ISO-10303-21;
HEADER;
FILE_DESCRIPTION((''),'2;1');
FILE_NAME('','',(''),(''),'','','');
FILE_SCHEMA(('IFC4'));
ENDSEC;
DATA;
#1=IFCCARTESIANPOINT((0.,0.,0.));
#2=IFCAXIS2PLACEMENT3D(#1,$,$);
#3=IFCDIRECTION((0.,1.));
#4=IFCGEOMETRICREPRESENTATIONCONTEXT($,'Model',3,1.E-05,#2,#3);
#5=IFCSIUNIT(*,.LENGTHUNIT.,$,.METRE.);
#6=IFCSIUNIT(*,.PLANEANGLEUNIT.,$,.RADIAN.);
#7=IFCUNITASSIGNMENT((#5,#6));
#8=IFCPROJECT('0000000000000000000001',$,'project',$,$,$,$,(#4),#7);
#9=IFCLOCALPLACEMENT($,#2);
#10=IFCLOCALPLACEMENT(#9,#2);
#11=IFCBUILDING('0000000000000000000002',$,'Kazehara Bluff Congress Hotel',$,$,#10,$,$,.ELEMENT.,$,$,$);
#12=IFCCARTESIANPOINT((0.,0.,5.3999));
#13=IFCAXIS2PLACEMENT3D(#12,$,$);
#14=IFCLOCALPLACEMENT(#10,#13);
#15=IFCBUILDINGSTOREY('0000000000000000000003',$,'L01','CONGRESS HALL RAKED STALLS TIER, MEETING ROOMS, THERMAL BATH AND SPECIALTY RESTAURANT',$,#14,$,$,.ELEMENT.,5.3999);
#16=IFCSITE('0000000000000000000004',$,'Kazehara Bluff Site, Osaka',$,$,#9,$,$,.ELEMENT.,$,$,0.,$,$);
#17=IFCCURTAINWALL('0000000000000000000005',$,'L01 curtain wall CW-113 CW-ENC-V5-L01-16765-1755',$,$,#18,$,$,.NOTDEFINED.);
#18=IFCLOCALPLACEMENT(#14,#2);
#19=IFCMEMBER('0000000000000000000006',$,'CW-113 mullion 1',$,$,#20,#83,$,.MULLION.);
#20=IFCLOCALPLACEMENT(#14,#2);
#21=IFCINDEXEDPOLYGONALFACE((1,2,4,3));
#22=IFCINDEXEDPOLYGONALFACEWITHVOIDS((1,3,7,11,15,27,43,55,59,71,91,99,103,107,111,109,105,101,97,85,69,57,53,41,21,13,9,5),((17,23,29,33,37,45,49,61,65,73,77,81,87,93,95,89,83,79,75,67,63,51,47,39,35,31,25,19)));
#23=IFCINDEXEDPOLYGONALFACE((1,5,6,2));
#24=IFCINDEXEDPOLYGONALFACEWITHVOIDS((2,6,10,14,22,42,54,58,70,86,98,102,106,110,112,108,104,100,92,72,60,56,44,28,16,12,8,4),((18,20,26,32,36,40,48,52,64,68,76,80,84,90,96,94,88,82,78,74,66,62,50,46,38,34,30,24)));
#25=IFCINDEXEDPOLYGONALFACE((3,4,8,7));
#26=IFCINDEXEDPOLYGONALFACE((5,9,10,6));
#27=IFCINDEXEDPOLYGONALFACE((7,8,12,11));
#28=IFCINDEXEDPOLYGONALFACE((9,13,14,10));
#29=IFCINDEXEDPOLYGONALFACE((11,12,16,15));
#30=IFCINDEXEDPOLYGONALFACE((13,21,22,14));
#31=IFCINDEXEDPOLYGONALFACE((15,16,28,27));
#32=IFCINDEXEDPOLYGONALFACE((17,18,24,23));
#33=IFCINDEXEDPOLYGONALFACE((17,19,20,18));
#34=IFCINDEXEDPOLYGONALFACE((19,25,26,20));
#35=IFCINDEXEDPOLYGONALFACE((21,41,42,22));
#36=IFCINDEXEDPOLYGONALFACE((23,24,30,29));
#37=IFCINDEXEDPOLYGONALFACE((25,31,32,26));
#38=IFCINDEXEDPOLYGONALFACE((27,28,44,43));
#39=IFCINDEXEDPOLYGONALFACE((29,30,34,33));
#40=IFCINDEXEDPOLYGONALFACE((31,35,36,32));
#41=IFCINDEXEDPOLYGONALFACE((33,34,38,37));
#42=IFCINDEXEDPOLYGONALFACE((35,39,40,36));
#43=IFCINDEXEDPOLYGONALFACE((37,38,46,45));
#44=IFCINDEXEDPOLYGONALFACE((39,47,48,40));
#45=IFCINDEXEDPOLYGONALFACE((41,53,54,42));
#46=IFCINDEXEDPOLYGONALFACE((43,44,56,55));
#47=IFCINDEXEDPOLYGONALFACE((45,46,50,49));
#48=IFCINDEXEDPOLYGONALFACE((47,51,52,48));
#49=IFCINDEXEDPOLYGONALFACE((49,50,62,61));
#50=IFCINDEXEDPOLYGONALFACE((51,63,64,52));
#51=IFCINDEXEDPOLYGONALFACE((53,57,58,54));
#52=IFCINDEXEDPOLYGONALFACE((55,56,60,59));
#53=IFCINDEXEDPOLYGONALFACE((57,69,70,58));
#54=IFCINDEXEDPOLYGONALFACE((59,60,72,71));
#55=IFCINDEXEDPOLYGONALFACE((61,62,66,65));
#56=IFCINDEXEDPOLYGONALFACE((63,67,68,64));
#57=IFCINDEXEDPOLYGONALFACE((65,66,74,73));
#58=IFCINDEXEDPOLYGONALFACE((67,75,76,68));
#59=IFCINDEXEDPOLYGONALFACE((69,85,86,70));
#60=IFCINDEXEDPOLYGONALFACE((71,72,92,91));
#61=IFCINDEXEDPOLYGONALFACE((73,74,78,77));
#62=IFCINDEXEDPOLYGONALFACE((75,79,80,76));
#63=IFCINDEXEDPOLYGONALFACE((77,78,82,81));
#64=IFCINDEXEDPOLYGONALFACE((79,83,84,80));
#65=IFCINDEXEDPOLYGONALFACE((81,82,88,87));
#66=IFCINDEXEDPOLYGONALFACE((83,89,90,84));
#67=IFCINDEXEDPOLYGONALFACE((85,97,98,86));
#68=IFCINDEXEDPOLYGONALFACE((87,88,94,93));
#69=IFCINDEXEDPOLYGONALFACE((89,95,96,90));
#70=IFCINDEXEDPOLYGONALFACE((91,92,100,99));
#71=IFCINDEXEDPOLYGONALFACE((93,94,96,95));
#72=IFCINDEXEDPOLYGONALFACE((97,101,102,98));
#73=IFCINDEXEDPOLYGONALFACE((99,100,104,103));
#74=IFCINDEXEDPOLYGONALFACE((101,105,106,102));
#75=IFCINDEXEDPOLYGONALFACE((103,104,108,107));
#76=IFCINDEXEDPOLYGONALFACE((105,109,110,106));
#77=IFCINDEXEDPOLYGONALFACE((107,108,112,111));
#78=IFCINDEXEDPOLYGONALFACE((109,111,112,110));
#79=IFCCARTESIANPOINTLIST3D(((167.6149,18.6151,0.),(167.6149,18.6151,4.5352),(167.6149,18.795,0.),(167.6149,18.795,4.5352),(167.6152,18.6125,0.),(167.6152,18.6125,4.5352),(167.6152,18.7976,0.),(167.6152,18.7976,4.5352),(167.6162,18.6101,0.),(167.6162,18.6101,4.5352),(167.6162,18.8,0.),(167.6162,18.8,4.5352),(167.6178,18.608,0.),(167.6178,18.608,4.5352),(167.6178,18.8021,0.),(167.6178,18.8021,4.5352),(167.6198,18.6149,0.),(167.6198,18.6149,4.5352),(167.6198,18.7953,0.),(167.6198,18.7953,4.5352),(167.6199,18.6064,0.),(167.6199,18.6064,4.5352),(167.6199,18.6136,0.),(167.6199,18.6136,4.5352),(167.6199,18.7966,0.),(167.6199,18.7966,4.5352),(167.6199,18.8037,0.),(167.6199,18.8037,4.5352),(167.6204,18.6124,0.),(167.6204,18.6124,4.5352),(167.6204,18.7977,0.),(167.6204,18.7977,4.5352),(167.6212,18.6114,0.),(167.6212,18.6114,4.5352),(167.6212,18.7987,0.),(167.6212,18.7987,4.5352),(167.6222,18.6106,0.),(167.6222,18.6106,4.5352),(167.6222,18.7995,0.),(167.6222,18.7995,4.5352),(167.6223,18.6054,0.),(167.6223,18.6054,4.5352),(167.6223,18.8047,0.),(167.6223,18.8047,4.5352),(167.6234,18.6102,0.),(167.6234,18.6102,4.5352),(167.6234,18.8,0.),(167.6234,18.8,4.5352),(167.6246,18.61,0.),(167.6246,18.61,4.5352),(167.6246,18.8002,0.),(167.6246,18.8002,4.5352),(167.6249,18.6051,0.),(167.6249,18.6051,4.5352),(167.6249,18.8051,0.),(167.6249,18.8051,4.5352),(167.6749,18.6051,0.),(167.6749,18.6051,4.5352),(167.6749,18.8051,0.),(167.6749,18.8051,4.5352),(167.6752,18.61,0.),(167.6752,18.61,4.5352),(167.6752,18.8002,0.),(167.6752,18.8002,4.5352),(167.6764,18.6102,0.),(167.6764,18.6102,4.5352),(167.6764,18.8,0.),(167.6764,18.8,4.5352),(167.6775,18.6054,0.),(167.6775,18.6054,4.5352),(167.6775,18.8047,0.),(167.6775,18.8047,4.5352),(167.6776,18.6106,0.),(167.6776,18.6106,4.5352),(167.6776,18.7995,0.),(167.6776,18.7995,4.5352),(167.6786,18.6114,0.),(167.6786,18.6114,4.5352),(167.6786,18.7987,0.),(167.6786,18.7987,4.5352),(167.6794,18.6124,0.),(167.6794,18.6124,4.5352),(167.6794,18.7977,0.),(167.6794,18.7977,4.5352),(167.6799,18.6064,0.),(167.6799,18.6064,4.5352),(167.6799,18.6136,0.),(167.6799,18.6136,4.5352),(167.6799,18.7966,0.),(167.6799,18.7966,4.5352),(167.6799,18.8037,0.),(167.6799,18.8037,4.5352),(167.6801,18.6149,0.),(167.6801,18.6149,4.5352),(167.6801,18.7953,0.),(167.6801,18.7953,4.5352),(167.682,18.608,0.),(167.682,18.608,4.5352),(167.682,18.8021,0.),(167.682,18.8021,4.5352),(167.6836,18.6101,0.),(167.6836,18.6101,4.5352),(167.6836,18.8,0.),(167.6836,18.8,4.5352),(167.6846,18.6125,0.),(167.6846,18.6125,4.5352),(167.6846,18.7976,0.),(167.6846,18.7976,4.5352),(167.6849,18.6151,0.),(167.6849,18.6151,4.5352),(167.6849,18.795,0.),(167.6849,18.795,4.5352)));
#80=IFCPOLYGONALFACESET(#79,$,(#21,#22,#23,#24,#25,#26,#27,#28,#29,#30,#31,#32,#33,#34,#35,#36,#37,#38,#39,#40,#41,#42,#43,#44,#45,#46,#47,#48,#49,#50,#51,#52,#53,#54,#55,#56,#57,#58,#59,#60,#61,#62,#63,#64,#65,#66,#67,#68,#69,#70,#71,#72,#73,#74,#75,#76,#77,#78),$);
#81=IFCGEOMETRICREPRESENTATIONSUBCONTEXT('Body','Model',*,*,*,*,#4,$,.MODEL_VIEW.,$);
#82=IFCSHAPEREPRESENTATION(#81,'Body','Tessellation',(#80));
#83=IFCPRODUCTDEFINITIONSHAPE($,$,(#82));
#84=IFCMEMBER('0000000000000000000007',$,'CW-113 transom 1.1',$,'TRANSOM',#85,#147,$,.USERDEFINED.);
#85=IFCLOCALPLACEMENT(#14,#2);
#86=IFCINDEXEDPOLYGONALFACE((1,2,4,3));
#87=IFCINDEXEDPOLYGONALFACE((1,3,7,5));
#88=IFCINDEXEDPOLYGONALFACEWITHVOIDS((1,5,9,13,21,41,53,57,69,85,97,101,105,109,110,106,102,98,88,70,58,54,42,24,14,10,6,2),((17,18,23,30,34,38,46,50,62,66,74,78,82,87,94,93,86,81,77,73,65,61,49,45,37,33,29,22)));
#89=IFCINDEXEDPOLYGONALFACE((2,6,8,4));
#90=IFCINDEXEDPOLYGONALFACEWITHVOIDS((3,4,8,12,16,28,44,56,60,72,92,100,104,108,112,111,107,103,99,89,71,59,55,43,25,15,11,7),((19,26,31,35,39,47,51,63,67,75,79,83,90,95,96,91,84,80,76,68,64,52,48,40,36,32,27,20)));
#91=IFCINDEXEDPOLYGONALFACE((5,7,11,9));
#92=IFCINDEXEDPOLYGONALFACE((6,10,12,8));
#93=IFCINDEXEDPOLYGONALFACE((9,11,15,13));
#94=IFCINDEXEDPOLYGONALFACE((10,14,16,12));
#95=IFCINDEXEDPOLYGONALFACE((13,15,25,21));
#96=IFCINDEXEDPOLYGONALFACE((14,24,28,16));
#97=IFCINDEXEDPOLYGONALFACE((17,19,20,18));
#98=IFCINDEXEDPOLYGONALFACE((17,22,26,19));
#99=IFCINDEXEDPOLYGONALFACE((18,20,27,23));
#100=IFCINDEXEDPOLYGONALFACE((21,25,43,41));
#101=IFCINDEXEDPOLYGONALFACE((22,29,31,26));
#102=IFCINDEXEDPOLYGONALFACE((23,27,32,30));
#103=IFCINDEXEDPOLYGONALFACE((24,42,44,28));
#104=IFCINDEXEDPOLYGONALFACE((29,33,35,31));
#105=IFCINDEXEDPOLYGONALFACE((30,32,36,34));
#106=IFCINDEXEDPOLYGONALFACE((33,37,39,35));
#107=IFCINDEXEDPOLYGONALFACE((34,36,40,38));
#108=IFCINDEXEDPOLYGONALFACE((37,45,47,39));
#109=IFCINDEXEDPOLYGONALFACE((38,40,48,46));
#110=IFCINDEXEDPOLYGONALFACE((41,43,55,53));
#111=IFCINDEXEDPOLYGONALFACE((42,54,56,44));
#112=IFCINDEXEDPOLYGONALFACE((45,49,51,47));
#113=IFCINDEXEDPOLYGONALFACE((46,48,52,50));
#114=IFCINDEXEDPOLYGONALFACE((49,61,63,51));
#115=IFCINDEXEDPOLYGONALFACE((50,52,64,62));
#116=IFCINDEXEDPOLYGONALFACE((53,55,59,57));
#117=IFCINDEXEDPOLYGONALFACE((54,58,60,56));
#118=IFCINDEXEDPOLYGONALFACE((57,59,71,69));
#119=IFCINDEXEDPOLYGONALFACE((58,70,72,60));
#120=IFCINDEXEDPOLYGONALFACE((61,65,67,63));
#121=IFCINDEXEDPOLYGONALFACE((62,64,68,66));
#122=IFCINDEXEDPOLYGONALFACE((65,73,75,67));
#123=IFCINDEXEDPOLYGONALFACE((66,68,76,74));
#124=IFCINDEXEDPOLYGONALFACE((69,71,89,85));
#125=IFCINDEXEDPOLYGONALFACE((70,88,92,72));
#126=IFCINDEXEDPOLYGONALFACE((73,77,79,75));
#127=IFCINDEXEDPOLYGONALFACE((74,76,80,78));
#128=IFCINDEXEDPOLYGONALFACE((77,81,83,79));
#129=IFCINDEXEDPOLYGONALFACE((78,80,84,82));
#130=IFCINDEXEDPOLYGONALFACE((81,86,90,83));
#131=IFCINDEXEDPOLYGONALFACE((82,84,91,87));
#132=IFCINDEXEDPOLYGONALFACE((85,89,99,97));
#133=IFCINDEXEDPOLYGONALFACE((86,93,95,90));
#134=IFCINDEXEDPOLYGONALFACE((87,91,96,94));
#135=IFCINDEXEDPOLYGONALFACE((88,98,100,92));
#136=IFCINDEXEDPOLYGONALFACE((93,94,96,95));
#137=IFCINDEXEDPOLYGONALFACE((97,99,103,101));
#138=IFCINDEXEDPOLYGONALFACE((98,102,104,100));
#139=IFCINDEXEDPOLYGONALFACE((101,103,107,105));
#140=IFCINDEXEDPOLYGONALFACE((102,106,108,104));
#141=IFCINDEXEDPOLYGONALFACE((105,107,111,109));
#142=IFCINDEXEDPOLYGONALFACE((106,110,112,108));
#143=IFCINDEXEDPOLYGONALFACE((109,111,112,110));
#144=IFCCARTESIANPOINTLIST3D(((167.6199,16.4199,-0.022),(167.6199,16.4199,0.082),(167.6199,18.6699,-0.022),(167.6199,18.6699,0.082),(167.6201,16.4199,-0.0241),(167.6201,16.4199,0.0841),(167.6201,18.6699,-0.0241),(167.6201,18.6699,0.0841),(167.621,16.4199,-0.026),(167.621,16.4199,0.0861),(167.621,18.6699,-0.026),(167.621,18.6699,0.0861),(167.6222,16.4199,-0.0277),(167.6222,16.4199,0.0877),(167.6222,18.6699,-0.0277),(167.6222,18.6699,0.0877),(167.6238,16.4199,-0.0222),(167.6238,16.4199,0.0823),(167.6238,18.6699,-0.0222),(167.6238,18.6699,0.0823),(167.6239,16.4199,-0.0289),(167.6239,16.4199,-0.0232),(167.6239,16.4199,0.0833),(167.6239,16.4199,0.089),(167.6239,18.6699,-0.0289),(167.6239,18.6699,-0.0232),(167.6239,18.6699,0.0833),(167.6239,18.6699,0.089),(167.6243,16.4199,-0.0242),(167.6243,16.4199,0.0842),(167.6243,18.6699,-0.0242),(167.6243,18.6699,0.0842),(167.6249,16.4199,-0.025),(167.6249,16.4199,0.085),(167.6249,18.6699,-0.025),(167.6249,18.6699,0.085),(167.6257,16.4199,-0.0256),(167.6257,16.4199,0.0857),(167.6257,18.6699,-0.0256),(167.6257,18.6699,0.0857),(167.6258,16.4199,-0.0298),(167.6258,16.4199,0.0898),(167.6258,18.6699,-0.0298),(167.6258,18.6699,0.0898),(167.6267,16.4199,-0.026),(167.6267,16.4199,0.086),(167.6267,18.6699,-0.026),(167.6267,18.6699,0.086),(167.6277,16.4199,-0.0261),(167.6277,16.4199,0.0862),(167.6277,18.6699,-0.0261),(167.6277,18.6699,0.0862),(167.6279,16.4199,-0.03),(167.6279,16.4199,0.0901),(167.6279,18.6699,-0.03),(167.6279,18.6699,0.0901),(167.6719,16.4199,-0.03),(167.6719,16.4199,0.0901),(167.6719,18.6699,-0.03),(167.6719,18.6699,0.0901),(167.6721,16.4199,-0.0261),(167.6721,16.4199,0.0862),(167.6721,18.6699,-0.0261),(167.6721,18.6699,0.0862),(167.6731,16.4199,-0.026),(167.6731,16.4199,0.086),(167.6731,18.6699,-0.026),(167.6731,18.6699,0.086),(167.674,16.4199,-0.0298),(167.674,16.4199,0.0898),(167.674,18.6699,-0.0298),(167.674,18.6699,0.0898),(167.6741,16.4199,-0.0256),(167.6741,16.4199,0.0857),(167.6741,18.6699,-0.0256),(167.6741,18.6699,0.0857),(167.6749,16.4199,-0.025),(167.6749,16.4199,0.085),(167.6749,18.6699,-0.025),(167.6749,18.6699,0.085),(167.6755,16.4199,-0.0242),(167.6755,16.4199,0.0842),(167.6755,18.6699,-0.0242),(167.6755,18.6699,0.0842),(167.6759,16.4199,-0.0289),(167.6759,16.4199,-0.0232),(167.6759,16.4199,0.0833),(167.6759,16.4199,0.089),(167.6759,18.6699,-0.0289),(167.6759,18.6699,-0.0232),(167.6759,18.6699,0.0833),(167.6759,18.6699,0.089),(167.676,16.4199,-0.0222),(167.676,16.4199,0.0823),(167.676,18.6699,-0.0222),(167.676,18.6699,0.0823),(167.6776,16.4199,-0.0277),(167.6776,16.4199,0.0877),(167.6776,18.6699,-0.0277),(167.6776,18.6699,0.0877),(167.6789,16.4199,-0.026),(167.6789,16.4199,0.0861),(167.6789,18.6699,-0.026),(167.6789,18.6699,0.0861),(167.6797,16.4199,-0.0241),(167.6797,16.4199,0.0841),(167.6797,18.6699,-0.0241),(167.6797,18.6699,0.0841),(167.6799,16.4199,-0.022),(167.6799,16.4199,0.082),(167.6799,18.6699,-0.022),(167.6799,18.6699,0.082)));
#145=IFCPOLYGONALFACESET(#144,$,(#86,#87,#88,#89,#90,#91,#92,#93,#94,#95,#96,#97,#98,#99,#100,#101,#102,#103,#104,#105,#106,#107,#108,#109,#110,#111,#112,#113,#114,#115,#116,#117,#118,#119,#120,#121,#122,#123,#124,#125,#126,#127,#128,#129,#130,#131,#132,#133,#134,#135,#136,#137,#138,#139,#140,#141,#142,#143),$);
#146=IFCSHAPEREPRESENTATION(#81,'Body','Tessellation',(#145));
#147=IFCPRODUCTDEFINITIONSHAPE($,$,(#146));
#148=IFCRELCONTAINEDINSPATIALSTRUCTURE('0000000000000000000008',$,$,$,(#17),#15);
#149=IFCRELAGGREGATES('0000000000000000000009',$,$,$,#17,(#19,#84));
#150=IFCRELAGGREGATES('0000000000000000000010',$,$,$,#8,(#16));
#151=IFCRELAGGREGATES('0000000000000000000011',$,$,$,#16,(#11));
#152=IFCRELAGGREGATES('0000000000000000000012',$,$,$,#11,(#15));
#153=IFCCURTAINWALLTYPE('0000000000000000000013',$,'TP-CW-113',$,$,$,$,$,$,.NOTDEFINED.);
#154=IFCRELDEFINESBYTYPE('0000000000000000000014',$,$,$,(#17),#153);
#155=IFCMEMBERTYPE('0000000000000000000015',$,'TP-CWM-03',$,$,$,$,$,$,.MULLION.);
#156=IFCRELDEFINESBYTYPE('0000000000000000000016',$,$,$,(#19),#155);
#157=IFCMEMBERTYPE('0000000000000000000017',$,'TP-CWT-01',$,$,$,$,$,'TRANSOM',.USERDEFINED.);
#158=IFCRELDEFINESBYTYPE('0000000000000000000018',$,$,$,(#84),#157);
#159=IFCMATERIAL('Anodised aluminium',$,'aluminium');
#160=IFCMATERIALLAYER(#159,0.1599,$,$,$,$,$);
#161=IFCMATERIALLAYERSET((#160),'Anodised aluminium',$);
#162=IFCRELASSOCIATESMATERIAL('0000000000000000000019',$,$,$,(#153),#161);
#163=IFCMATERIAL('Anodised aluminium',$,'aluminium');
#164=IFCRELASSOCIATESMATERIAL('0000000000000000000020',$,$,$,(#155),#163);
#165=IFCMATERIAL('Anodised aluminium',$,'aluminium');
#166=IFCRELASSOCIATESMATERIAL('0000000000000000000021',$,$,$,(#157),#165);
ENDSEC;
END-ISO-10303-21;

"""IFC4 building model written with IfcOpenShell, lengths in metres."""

from ifc_helpers import new_model, si_unit, direction, frame, origin, origin_2d, place, context, subcontext, project, spatial, hollow_rectangle, extrude, material, layer, layer_set, material_profile, profile_set, type_object, element, aggregate, save


model = new_model("IFC4")

# Units and contexts
model_context = context("Model", 3, precision=1e-05, world=origin(), true_north=direction((0.0, 1.0)))
body_context = subcontext(model_context, "Body", "Model", "MODEL_VIEW")
ifc_project = project(units=[si_unit("LENGTHUNIT", "METRE"), si_unit("PLANEANGLEUNIT", "RADIAN")], contexts=[model_context])

# Site, building, storey
site_placement = place(None, origin())
site = spatial("IfcSite", under=ifc_project, at=site_placement, Name="Kazehara Bluff Site, Osaka", CompositionType="ELEMENT", RefElevation=0.0)
building_placement = place(site_placement, origin())
building = spatial("IfcBuilding", under=site, at=building_placement, Name="Kazehara Bluff Congress Hotel", CompositionType="ELEMENT")
storey_placement = place(building_placement, frame((0.0, 0.0, 5.3999)))
storey = spatial("IfcBuildingStorey", under=building, at=storey_placement, Name="L01", Description="CONGRESS HALL RAKED STALLS TIER, MEETING ROOMS, THERMAL BATH AND SPECIALTY RESTAURANT", CompositionType="ELEMENT", Elevation=5.3999)

# Curtain wall, members
ifc_material_1 = material(Name="Anodised aluminium", Category="aluminium")
ifc_layer_1 = layer(ifc_material_1, 0.1599)
ifc_layer_set_1 = layer_set([ifc_layer_1], Name="Anodised aluminium")
curtain_wall_type_1 = type_object("IfcCurtainWallType", Name="TP-CW-113", PredefinedType="NOTDEFINED", material=ifc_layer_set_1)
curtain_wall_1_placement = place(storey_placement, origin())
curtain_wall_1 = element("IfcCurtainWall", 1, at=curtain_wall_1_placement, inside=storey, type_object=curtain_wall_type_1, Name="L01 curtain wall CW-113 CW-ENC-V5-L01-16765-1755", PredefinedType="NOTDEFINED")
ifc_material_2 = material(Name="Anodised aluminium", Category="aluminium")
ifc_material_profile_1 = material_profile(ifc_material_2, hollow_rectangle(XDim=0.0701, YDim=0.2, WallThickness=0.0049, InnerFilletRadius=0.0049, OuterFilletRadius=0.01, at=origin_2d()))
ifc_profile_set_1 = profile_set([ifc_material_profile_1], Name="Anodised aluminium")
member_type_1 = type_object("IfcMemberType", Name="TP-CWM-03", PredefinedType="MULLION", material=ifc_profile_set_1)
member_1_placement = place(storey_placement, frame((167.6499, 18.7051, 0.0), z_axis=(0.0, 0.0, 1.0), x_axis=(1.0, 0.0, 0.0)))
member_1 = element("IfcMember", 2, at=member_1_placement, type_object=member_type_1, Name="CW-113 mullion 1", PredefinedType="MULLION", context=body_context, shape_type="SweptSolid", body=[
    extrude(hollow_rectangle(XDim=0.0701, YDim=0.2, WallThickness=0.0049, InnerFilletRadius=0.0049, OuterFilletRadius=0.01, at=origin_2d()), origin(), (0.0, 0.0, 1.0), 4.5352),
])
ifc_material_3 = material(Name="Anodised aluminium", Category="aluminium")
ifc_material_profile_2 = material_profile(ifc_material_3, hollow_rectangle(XDim=0.0601, YDim=0.1201, WallThickness=0.0039, InnerFilletRadius=0.0039, OuterFilletRadius=0.0081, at=origin_2d()))
ifc_profile_set_2 = profile_set([ifc_material_profile_2], Name="Anodised aluminium")
member_type_2 = type_object("IfcMemberType", Name="TP-CWT-01", ElementType="TRANSOM", PredefinedType="USERDEFINED", material=ifc_profile_set_2)
member_2_placement = place(storey_placement, frame((167.6499, 18.6699, 0.03), z_axis=(0.0, -1.0, 0.0), x_axis=(1.0, 0.0, 0.0)))
member_2 = element("IfcMember", 3, at=member_2_placement, type_object=member_type_2, Name="CW-113 transom 1.1", ObjectType="TRANSOM", PredefinedType="USERDEFINED", context=body_context, shape_type="SweptSolid", body=[
    extrude(hollow_rectangle(XDim=0.0601, YDim=0.1201, WallThickness=0.0039, InnerFilletRadius=0.0039, OuterFilletRadius=0.0081, at=origin_2d()), origin(), (0.0, 0.0, 1.0), 2.25),
])

aggregate(curtain_wall_1, [member_1, member_2])

save(model, "model.ifc")
